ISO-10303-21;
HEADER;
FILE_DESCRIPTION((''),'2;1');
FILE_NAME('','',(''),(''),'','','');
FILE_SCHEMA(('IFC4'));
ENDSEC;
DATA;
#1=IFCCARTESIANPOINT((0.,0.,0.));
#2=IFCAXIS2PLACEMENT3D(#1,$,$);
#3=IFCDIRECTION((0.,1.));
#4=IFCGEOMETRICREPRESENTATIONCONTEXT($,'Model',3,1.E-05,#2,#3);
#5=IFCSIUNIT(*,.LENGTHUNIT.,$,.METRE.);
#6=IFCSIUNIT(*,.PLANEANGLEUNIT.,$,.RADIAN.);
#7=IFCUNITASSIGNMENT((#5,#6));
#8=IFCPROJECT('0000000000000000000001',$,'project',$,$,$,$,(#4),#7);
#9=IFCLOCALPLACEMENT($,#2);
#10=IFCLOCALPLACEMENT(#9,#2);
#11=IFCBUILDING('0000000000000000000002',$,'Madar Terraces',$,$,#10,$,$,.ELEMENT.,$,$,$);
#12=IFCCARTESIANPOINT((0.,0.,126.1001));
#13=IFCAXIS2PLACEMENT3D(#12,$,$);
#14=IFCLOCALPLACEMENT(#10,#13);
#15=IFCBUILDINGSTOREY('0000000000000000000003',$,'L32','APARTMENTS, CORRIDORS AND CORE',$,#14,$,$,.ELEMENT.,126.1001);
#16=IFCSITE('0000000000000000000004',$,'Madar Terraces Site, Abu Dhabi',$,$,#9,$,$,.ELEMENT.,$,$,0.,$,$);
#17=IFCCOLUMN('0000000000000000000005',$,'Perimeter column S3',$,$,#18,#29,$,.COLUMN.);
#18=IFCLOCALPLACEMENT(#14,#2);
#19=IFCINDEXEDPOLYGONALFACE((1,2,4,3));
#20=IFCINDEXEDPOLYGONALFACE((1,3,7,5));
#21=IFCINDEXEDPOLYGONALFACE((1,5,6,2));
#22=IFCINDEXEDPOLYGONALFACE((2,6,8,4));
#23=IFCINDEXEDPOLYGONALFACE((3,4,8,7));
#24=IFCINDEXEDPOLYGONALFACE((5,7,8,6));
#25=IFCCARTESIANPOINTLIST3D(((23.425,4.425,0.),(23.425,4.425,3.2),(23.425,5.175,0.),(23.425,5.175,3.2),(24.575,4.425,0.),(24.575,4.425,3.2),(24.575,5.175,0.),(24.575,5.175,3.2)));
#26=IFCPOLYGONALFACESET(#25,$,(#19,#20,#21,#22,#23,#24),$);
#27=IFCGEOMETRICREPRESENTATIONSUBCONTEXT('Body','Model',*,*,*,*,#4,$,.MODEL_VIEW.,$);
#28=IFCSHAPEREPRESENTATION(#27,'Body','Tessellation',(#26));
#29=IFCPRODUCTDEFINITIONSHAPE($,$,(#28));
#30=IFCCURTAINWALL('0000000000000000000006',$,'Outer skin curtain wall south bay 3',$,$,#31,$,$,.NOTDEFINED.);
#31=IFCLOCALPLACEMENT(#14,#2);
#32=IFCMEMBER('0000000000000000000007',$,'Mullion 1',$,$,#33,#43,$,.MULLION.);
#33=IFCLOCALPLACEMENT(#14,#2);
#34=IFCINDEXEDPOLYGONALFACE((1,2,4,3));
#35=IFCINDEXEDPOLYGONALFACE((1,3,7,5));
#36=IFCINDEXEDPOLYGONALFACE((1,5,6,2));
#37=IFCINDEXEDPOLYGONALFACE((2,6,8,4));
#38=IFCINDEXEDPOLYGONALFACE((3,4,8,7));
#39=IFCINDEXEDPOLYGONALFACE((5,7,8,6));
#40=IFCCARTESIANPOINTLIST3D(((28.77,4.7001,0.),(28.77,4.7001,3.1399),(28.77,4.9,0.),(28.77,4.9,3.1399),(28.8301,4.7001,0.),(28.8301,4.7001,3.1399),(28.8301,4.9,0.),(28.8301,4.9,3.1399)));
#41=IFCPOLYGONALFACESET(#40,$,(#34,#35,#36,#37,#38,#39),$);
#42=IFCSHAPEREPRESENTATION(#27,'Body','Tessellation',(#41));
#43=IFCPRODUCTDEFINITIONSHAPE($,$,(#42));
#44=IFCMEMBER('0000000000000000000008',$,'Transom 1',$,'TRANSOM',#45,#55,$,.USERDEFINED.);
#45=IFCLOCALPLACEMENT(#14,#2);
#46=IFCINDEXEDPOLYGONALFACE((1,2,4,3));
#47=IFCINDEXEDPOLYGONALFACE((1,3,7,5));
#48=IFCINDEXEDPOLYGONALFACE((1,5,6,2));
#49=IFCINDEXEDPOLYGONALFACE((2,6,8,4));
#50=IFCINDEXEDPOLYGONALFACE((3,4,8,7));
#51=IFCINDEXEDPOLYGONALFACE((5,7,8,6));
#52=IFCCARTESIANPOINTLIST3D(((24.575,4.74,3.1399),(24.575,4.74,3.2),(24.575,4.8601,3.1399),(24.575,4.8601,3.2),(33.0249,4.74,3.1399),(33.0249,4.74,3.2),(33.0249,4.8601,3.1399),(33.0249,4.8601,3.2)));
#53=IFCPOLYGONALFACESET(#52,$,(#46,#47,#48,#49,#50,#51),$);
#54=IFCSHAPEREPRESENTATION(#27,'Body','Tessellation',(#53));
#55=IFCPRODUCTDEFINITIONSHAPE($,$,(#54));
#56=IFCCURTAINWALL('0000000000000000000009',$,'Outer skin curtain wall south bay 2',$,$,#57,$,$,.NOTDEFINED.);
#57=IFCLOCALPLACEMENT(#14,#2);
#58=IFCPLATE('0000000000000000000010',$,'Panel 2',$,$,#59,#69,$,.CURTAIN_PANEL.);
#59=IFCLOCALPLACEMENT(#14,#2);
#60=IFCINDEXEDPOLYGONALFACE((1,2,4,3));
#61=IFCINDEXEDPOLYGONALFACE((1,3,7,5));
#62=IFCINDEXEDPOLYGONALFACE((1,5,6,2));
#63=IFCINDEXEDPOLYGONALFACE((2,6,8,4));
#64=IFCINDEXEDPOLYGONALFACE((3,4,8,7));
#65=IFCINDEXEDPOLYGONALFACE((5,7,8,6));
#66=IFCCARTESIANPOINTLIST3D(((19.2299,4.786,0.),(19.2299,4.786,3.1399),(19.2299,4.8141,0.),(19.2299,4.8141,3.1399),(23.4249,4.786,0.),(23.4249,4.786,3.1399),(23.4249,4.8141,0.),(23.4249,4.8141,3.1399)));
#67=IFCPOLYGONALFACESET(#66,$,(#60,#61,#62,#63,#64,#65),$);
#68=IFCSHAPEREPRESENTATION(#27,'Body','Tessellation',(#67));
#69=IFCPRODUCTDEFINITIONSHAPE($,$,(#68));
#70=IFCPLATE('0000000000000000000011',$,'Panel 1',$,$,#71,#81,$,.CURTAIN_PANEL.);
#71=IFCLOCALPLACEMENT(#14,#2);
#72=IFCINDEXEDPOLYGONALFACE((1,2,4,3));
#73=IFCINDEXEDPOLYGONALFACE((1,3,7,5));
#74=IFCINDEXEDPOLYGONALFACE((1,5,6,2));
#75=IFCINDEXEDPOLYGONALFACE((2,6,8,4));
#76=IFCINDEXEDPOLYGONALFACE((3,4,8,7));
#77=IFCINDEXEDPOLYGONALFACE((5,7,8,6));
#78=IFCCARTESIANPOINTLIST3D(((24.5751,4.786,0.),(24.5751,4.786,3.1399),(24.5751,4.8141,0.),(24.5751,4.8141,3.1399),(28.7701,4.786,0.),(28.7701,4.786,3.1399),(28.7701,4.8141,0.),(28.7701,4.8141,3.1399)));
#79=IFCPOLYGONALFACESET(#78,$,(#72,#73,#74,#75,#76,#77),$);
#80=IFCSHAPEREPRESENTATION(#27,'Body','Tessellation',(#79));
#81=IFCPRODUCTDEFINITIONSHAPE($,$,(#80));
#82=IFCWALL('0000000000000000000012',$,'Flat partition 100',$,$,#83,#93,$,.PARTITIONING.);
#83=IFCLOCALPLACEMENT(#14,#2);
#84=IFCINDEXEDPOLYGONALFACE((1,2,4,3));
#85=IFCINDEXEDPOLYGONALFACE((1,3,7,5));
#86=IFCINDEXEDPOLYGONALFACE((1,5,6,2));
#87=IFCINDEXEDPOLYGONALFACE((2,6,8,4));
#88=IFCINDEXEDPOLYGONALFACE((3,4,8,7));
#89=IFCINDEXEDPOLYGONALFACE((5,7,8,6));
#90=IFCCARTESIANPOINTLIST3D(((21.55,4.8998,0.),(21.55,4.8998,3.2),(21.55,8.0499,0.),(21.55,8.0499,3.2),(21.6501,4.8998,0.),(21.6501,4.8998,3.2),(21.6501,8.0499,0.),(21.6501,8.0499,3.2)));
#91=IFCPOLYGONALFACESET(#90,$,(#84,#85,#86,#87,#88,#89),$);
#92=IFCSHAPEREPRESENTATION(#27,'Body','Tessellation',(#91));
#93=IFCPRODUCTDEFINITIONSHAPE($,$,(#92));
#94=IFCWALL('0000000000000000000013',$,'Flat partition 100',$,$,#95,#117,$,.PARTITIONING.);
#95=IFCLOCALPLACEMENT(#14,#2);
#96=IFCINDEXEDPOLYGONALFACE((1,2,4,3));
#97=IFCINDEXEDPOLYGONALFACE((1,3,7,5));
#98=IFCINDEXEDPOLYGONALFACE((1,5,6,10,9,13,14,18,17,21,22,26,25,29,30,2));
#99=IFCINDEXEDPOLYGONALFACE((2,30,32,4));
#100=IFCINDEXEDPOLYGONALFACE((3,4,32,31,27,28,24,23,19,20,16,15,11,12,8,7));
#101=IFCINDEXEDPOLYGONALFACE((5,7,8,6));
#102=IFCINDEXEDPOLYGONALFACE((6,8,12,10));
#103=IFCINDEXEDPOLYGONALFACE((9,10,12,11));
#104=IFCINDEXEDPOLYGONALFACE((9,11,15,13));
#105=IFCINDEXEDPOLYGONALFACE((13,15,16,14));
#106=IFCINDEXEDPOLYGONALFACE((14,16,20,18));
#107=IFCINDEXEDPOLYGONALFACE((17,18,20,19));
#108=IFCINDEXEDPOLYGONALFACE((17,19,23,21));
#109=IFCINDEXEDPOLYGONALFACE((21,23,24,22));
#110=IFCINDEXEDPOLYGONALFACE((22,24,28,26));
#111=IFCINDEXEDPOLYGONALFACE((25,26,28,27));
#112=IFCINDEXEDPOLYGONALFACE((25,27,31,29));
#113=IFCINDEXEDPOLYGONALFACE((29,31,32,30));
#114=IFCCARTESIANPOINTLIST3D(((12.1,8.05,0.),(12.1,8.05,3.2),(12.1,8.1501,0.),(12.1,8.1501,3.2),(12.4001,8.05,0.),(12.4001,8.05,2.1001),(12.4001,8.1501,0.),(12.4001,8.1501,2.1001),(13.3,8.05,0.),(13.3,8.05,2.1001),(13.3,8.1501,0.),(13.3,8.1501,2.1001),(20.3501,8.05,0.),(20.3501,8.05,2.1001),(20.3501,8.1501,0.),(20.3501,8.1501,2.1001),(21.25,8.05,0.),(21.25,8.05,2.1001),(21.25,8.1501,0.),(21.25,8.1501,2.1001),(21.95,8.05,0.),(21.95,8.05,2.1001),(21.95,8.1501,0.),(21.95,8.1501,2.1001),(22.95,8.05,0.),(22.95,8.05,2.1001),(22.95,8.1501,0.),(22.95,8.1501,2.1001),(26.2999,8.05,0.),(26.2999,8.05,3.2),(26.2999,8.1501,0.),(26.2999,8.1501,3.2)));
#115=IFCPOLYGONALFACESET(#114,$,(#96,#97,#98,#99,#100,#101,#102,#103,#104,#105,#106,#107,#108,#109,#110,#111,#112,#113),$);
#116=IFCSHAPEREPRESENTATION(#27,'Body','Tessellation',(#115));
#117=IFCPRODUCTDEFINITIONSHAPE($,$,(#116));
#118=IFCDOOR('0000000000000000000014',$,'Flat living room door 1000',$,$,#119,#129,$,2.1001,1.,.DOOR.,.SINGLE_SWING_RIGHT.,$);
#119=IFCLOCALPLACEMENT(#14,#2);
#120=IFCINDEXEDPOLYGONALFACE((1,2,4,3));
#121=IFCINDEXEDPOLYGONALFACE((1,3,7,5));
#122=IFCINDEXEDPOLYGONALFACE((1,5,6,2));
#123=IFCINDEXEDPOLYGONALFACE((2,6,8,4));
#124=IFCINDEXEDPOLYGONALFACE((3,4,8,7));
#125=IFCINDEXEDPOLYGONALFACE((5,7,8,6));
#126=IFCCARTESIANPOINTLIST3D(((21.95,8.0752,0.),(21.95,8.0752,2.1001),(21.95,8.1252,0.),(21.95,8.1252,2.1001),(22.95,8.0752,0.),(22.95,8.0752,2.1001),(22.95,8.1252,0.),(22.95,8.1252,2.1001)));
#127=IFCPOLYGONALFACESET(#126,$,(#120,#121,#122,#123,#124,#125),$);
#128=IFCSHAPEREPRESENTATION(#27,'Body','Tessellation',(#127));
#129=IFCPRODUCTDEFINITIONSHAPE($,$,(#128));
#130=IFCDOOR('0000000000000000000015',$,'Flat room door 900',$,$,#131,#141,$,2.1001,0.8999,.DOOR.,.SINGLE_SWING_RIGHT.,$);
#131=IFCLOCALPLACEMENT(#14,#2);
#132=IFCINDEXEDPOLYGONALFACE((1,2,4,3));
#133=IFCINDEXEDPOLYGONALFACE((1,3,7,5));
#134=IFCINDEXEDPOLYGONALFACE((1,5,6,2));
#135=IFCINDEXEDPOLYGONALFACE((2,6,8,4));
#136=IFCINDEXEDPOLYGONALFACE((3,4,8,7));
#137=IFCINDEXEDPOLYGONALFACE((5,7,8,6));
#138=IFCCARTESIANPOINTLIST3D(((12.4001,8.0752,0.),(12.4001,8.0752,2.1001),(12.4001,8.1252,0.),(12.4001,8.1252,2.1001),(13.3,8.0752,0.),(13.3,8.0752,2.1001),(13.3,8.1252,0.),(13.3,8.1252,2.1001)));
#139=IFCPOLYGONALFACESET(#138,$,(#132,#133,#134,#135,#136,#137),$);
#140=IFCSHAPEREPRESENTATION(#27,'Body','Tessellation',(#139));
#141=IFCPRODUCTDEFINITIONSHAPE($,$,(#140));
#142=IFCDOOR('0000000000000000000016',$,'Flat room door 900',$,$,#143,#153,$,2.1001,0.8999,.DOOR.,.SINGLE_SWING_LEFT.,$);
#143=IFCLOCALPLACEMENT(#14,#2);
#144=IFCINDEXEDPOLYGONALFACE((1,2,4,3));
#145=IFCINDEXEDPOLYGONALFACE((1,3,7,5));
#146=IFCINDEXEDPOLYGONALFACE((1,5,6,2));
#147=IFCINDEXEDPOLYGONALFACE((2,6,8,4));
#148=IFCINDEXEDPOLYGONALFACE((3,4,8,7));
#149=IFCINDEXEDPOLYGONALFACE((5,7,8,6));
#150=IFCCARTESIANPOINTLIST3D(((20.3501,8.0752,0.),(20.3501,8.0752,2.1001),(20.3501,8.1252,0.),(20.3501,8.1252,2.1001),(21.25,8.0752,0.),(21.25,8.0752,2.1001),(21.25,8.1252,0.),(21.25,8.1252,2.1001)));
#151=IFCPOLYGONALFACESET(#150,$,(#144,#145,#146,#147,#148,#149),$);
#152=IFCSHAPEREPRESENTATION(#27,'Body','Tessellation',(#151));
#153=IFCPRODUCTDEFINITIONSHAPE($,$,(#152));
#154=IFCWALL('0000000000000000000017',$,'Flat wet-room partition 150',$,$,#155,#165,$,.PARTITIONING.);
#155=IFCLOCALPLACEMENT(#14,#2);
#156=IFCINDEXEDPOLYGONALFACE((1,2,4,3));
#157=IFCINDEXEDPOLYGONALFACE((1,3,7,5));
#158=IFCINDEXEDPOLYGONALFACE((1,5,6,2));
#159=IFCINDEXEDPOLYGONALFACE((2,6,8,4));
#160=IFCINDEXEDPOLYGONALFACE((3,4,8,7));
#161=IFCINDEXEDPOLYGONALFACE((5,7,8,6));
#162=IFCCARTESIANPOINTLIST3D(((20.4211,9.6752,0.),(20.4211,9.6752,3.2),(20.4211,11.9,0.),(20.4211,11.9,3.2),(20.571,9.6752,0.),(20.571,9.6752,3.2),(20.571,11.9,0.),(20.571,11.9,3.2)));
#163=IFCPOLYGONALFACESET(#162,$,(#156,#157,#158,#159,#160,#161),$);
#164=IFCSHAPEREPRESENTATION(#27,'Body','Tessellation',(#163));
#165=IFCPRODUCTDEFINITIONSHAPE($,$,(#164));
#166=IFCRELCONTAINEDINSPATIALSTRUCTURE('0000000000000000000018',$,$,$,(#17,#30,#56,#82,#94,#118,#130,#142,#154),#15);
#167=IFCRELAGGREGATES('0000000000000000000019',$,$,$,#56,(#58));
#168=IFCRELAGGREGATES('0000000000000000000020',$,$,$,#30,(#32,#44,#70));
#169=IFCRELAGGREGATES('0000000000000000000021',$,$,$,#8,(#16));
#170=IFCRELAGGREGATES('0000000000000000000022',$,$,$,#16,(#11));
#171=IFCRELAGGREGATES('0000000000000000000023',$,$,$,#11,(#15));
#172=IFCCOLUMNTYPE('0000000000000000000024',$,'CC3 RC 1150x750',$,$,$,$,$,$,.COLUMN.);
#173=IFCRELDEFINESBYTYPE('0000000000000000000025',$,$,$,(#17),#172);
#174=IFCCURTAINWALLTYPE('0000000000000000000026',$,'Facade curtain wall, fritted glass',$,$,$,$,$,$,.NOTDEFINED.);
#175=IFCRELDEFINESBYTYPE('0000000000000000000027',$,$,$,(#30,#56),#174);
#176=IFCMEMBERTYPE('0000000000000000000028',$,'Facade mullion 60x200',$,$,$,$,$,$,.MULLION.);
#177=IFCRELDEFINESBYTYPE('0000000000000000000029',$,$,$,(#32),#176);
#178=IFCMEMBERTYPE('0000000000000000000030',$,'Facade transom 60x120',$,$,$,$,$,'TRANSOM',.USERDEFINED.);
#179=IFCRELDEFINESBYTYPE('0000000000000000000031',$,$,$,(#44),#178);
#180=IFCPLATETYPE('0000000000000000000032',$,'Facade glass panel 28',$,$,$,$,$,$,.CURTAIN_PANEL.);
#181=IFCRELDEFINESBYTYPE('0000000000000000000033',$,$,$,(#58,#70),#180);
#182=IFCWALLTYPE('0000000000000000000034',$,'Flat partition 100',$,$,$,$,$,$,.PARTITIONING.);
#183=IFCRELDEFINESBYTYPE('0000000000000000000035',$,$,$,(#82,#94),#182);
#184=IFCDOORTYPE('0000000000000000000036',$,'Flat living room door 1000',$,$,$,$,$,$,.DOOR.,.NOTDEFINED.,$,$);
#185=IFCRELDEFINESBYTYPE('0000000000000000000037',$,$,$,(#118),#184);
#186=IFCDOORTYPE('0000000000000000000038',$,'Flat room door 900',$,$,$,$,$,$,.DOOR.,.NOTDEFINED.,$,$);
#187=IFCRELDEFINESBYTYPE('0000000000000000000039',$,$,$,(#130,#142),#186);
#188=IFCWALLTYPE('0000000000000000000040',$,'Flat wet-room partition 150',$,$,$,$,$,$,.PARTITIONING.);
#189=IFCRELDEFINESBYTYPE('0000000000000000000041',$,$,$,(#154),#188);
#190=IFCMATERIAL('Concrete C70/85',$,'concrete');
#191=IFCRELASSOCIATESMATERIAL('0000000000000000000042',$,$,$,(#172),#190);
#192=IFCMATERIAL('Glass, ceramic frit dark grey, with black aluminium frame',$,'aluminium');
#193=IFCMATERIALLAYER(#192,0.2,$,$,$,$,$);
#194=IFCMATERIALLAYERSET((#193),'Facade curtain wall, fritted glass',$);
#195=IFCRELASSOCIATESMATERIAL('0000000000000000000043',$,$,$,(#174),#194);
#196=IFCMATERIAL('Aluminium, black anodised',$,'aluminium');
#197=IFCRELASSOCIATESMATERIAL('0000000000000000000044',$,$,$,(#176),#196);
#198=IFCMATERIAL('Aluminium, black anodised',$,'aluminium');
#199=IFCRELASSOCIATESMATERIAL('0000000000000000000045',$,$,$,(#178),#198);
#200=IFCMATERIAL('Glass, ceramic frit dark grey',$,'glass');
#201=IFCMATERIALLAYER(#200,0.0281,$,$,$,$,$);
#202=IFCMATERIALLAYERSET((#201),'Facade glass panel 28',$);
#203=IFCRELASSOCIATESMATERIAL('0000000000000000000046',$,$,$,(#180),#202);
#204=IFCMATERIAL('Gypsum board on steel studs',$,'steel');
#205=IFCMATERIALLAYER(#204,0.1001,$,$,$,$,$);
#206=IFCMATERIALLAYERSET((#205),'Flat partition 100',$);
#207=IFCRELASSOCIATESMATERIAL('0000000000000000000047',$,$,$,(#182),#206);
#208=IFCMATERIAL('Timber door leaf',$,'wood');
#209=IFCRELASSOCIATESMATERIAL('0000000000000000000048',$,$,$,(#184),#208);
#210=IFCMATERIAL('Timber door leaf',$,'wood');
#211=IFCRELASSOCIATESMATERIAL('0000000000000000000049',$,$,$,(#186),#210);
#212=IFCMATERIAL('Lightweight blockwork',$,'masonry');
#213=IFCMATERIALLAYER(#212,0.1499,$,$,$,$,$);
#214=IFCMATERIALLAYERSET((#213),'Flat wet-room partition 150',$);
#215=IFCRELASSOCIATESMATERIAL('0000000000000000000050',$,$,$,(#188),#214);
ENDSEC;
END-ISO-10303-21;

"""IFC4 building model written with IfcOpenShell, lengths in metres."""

from ifc_helpers import new_model, si_unit, direction, frame, frame_2d, origin, origin_2d, place, context, subcontext, project, spatial, rectangle, extrude, material, layer, layer_set, material_profile, profile_set, type_object, element, fill, aggregate, save


model = new_model("IFC4")

# Units and contexts
model_context = context("Model", 3, precision=1e-05, world=origin(), true_north=direction((0.0, 1.0)))
body_context = subcontext(model_context, "Body", "Model", "MODEL_VIEW")
ifc_project = project(units=[si_unit("LENGTHUNIT", "METRE"), si_unit("PLANEANGLEUNIT", "RADIAN")], contexts=[model_context])

# Site, building, storey
site_placement = place(None, origin())
site = spatial("IfcSite", under=ifc_project, at=site_placement, Name="Madar Terraces Site, Abu Dhabi", CompositionType="ELEMENT", RefElevation=0.0)
building_placement = place(site_placement, origin())
building = spatial("IfcBuilding", under=site, at=building_placement, Name="Madar Terraces", CompositionType="ELEMENT")
storey_placement = place(building_placement, frame((0.0, 0.0, 126.1001)))
storey = spatial("IfcBuildingStorey", under=building, at=storey_placement, Name="L32", Description="APARTMENTS, CORRIDORS AND CORE", CompositionType="ELEMENT", Elevation=126.1001)

# Column
ifc_material_1 = material(Name="Concrete C70/85", Category="concrete")
ifc_material_profile_1 = material_profile(ifc_material_1, rectangle(XDim=1.1499, YDim=0.75, at=origin_2d()), Name="CC3 RC 1150x750")
ifc_profile_set_1 = profile_set([ifc_material_profile_1], Name="Concrete C70/85")
column_type = type_object("IfcColumnType", Name="CC3 RC 1150x750", PredefinedType="COLUMN", material=ifc_profile_set_1)
column_placement = place(storey_placement, frame((24.0, 4.8, 0.0), z_axis=(0.0, 0.0, 1.0), x_axis=(1.0, 0.0, 0.0)))
element("IfcColumn", 1, at=column_placement, inside=storey, type_object=column_type, Name="Perimeter column S3", PredefinedType="COLUMN", context=body_context, shape_type="SweptSolid", body=[
    extrude(rectangle(XDim=1.1499, YDim=0.75, at=origin_2d()), origin(), (0.0, 0.0, 1.0), 3.2),
])

# Curtain wall, members
ifc_material_2 = material(Name="Glass, ceramic frit dark grey, with black aluminium frame", Category="aluminium")
ifc_layer_1 = layer(ifc_material_2, 0.2)
ifc_layer_set_1 = layer_set([ifc_layer_1], Name="Facade curtain wall, fritted glass")
curtain_wall_type = type_object("IfcCurtainWallType", Name="Facade curtain wall, fritted glass", PredefinedType="NOTDEFINED", material=ifc_layer_set_1)
curtain_wall_1_placement = place(storey_placement, origin())
curtain_wall_1 = element("IfcCurtainWall", 2, at=curtain_wall_1_placement, inside=storey, type_object=curtain_wall_type, Name="Outer skin curtain wall south bay 3", PredefinedType="NOTDEFINED")
ifc_material_3 = material(Name="Aluminium, black anodised", Category="aluminium")
ifc_material_profile_2 = material_profile(ifc_material_3, rectangle(XDim=0.2, YDim=0.0601, at=origin_2d()), Name="Facade mullion 60x200")
ifc_profile_set_2 = profile_set([ifc_material_profile_2], Name="Aluminium, black anodised")
member_type_1 = type_object("IfcMemberType", Name="Facade mullion 60x200", PredefinedType="MULLION", material=ifc_profile_set_2)
member_1_placement = place(storey_placement, frame((28.8, 4.8, 0.0), z_axis=(0.0, 0.0, 1.0), x_axis=(0.0, 1.0, 0.0)))
member_1 = element("IfcMember", 3, at=member_1_placement, type_object=member_type_1, Name="Mullion 1", PredefinedType="MULLION", context=body_context, shape_type="SweptSolid", body=[
    extrude(rectangle(XDim=0.2, YDim=0.0601, at=origin_2d()), origin(), (0.0, 0.0, 1.0), 3.1399),
])
ifc_material_4 = material(Name="Aluminium, black anodised", Category="aluminium")
ifc_material_profile_3 = material_profile(ifc_material_4, rectangle(XDim=0.1201, YDim=0.0601, at=origin_2d()), Name="Facade transom 60x120")
ifc_profile_set_3 = profile_set([ifc_material_profile_3], Name="Aluminium, black anodised")
member_type_2 = type_object("IfcMemberType", Name="Facade transom 60x120", ElementType="TRANSOM", PredefinedType="USERDEFINED", material=ifc_profile_set_3)
member_2_placement = place(storey_placement, frame((24.575, 4.8, 3.1699), z_axis=(1.0, 0.0, 0.0), x_axis=(0.0, 1.0, 0.0)))
member_2 = element("IfcMember", 4, at=member_2_placement, type_object=member_type_2, Name="Transom 1", ObjectType="TRANSOM", PredefinedType="USERDEFINED", context=body_context, shape_type="SweptSolid", body=[
    extrude(rectangle(XDim=0.1201, YDim=0.0601, at=origin_2d()), origin(), (0.0, 0.0, 1.0), 8.45),
])

# Curtain wall, plate
curtain_wall_2_placement = place(storey_placement, origin())
curtain_wall_2 = element("IfcCurtainWall", 5, at=curtain_wall_2_placement, inside=storey, type_object=curtain_wall_type, Name="Outer skin curtain wall south bay 2", PredefinedType="NOTDEFINED")
ifc_material_5 = material(Name="Glass, ceramic frit dark grey", Category="glass")
ifc_layer_2 = layer(ifc_material_5, 0.0281)
ifc_layer_set_2 = layer_set([ifc_layer_2], Name="Facade glass panel 28")
plate_type = type_object("IfcPlateType", Name="Facade glass panel 28", PredefinedType="CURTAIN_PANEL", material=ifc_layer_set_2)
plate_1_placement = place(storey_placement, frame((21.3274, 4.8, 0.0), z_axis=(0.0, 0.0, 1.0), x_axis=(1.0, 0.0, 0.0)))
plate_1 = element("IfcPlate", 6, at=plate_1_placement, type_object=plate_type, Name="Panel 2", PredefinedType="CURTAIN_PANEL", context=body_context, shape_type="SweptSolid", body=[
    extrude(rectangle(XDim=4.1951, YDim=0.0281, at=origin_2d()), origin(), (0.0, 0.0, 1.0), 3.1399),
])
aggregate(curtain_wall_2, [plate_1])

# Plate
plate_2_placement = place(storey_placement, frame((26.6726, 4.8, 0.0), z_axis=(0.0, 0.0, 1.0), x_axis=(1.0, 0.0, 0.0)))
plate_2 = element("IfcPlate", 7, at=plate_2_placement, type_object=plate_type, Name="Panel 1", PredefinedType="CURTAIN_PANEL", context=body_context, shape_type="SweptSolid", body=[
    extrude(rectangle(XDim=4.1951, YDim=0.0281, at=origin_2d()), origin(), (0.0, 0.0, 1.0), 3.1399),
])
aggregate(curtain_wall_1, [member_1, member_2, plate_2])

# Wall
ifc_material_6 = material(Name="Gypsum board on steel studs", Category="steel")
ifc_layer_3 = layer(ifc_material_6, 0.1001)
ifc_layer_set_3 = layer_set([ifc_layer_3], Name="Flat partition 100")
wall_type_1 = type_object("IfcWallType", Name="Flat partition 100", PredefinedType="PARTITIONING", material=ifc_layer_set_3)
wall_1_placement = place(storey_placement, frame((21.6001, 8.05, 0.0), z_axis=(0.0, 0.0, 1.0), x_axis=(0.0, -1.0, 0.0)))
element("IfcWall", 8, at=wall_1_placement, inside=storey, type_object=wall_type_1, Name="Flat partition 100", PredefinedType="PARTITIONING", context=body_context, shape_type="SweptSolid", body=[
    extrude(rectangle(XDim=3.1501, YDim=0.1001, at=frame_2d((1.5752, 0.0))), origin(), (0.0, 0.0, 1.0), 3.2),
])

# Wall, openings, doors
wall_2_placement = place(storey_placement, frame((26.3, 8.1001, 0.0), z_axis=(0.0, 0.0, 1.0), x_axis=(-1.0, 0.0, 0.0)))
wall_2 = element("IfcWall", 9, at=wall_2_placement, inside=storey, type_object=wall_type_1, Name="Flat partition 100", PredefinedType="PARTITIONING", context=body_context, shape_type="SweptSolid", body=[
    extrude(rectangle(XDim=14.2, YDim=0.1001, at=frame_2d((7.1001, 0.0))), origin(), (0.0, 0.0, 1.0), 3.2),
])
opening_1_placement = place(wall_2_placement, frame((13.0, 0.0, 0.0)))
opening_1 = element("IfcOpeningElement", 10, at=opening_1_placement, cuts=wall_2, PredefinedType="OPENING", context=body_context, shape_type="SweptSolid", body=[
    extrude(rectangle(XDim=0.8999, YDim=2.1001, at=frame_2d((0.45, 1.05))), frame((0.0, 0.0601, 0.0), z_axis=(0.0, -1.0, 0.0), x_axis=(1.0, 0.0, 0.0)), (0.0, 0.0, 1.0), 0.1201),
])
opening_2_placement = place(wall_2_placement, frame((5.05, 0.0, 0.0)))
opening_2 = element("IfcOpeningElement", 11, at=opening_2_placement, cuts=wall_2, PredefinedType="OPENING", context=body_context, shape_type="SweptSolid", body=[
    extrude(rectangle(XDim=0.8999, YDim=2.1001, at=frame_2d((0.45, 1.05))), frame((0.0, 0.0601, 0.0), z_axis=(0.0, -1.0, 0.0), x_axis=(1.0, 0.0, 0.0)), (0.0, 0.0, 1.0), 0.1201),
])
opening_3_placement = place(wall_2_placement, frame((3.3501, 0.0, 0.0)))
opening_3 = element("IfcOpeningElement", 12, at=opening_3_placement, cuts=wall_2, PredefinedType="OPENING", context=body_context, shape_type="SweptSolid", body=[
    extrude(rectangle(XDim=1.0, YDim=2.1001, at=frame_2d((0.5, 1.05))), frame((0.0, 0.0601, 0.0), z_axis=(0.0, -1.0, 0.0), x_axis=(1.0, 0.0, 0.0)), (0.0, 0.0, 1.0), 0.1201),
])
ifc_material_7 = material(Name="Timber door leaf", Category="wood")
door_type_1 = type_object("IfcDoorType", Name="Flat living room door 1000", OperationType="NOTDEFINED", PredefinedType="DOOR", material=ifc_material_7)
door_1_placement = place(opening_3_placement, origin())
door_1 = element("IfcDoor", 13, at=door_1_placement, inside=storey, type_object=door_type_1, Name="Flat living room door 1000", OperationType="SINGLE_SWING_RIGHT", OverallHeight=2.1001, OverallWidth=1.0, PredefinedType="DOOR", context=body_context, shape_type="SweptSolid", body=[
    extrude(rectangle(XDim=1.0, YDim=2.1001, at=frame_2d((0.5, 1.05))), frame((0.0, 0.0249, 0.0), z_axis=(0.0, -1.0, 0.0), x_axis=(1.0, 0.0, 0.0)), (0.0, 0.0, 1.0), 0.05),
])
fill(opening_3, door_1)
ifc_material_8 = material(Name="Timber door leaf", Category="wood")
door_type_2 = type_object("IfcDoorType", Name="Flat room door 900", OperationType="NOTDEFINED", PredefinedType="DOOR", material=ifc_material_8)
door_2_placement = place(opening_1_placement, origin())
door_2 = element("IfcDoor", 14, at=door_2_placement, inside=storey, type_object=door_type_2, Name="Flat room door 900", OperationType="SINGLE_SWING_RIGHT", OverallHeight=2.1001, OverallWidth=0.8999, PredefinedType="DOOR", context=body_context, shape_type="SweptSolid", body=[
    extrude(rectangle(XDim=0.8999, YDim=2.1001, at=frame_2d((0.45, 1.05))), frame((0.0, 0.0249, 0.0), z_axis=(0.0, -1.0, 0.0), x_axis=(1.0, 0.0, 0.0)), (0.0, 0.0, 1.0), 0.05),
])
fill(opening_1, door_2)
door_3_placement = place(opening_2_placement, origin())
door_3 = element("IfcDoor", 15, at=door_3_placement, inside=storey, type_object=door_type_2, Name="Flat room door 900", OperationType="SINGLE_SWING_LEFT", OverallHeight=2.1001, OverallWidth=0.8999, PredefinedType="DOOR", context=body_context, shape_type="SweptSolid", body=[
    extrude(rectangle(XDim=0.8999, YDim=2.1001, at=frame_2d((0.45, 1.05))), frame((0.0, 0.0249, 0.0), z_axis=(0.0, -1.0, 0.0), x_axis=(1.0, 0.0, 0.0)), (0.0, 0.0, 1.0), 0.05),
])
fill(opening_2, door_3)

# Wall
ifc_material_9 = material(Name="Lightweight blockwork", Category="masonry")
ifc_layer_4 = layer(ifc_material_9, 0.1499)
ifc_layer_set_4 = layer_set([ifc_layer_4], Name="Flat wet-room partition 150")
wall_type_2 = type_object("IfcWallType", Name="Flat wet-room partition 150", PredefinedType="PARTITIONING", material=ifc_layer_set_4)
wall_3_placement = place(storey_placement, frame((20.4961, 11.8999, 0.0), z_axis=(0.0, 0.0, 1.0), x_axis=(0.0, -1.0, 0.0)))
element("IfcWall", 16, at=wall_3_placement, inside=storey, type_object=wall_type_2, Name="Flat wet-room partition 150", PredefinedType="PARTITIONING", context=body_context, shape_type="SweptSolid", body=[
    extrude(rectangle(XDim=2.2249, YDim=0.1499, at=frame_2d((1.1123, 0.0))), origin(), (0.0, 0.0, 1.0), 3.2),
])

save(model, "model.ifc")
